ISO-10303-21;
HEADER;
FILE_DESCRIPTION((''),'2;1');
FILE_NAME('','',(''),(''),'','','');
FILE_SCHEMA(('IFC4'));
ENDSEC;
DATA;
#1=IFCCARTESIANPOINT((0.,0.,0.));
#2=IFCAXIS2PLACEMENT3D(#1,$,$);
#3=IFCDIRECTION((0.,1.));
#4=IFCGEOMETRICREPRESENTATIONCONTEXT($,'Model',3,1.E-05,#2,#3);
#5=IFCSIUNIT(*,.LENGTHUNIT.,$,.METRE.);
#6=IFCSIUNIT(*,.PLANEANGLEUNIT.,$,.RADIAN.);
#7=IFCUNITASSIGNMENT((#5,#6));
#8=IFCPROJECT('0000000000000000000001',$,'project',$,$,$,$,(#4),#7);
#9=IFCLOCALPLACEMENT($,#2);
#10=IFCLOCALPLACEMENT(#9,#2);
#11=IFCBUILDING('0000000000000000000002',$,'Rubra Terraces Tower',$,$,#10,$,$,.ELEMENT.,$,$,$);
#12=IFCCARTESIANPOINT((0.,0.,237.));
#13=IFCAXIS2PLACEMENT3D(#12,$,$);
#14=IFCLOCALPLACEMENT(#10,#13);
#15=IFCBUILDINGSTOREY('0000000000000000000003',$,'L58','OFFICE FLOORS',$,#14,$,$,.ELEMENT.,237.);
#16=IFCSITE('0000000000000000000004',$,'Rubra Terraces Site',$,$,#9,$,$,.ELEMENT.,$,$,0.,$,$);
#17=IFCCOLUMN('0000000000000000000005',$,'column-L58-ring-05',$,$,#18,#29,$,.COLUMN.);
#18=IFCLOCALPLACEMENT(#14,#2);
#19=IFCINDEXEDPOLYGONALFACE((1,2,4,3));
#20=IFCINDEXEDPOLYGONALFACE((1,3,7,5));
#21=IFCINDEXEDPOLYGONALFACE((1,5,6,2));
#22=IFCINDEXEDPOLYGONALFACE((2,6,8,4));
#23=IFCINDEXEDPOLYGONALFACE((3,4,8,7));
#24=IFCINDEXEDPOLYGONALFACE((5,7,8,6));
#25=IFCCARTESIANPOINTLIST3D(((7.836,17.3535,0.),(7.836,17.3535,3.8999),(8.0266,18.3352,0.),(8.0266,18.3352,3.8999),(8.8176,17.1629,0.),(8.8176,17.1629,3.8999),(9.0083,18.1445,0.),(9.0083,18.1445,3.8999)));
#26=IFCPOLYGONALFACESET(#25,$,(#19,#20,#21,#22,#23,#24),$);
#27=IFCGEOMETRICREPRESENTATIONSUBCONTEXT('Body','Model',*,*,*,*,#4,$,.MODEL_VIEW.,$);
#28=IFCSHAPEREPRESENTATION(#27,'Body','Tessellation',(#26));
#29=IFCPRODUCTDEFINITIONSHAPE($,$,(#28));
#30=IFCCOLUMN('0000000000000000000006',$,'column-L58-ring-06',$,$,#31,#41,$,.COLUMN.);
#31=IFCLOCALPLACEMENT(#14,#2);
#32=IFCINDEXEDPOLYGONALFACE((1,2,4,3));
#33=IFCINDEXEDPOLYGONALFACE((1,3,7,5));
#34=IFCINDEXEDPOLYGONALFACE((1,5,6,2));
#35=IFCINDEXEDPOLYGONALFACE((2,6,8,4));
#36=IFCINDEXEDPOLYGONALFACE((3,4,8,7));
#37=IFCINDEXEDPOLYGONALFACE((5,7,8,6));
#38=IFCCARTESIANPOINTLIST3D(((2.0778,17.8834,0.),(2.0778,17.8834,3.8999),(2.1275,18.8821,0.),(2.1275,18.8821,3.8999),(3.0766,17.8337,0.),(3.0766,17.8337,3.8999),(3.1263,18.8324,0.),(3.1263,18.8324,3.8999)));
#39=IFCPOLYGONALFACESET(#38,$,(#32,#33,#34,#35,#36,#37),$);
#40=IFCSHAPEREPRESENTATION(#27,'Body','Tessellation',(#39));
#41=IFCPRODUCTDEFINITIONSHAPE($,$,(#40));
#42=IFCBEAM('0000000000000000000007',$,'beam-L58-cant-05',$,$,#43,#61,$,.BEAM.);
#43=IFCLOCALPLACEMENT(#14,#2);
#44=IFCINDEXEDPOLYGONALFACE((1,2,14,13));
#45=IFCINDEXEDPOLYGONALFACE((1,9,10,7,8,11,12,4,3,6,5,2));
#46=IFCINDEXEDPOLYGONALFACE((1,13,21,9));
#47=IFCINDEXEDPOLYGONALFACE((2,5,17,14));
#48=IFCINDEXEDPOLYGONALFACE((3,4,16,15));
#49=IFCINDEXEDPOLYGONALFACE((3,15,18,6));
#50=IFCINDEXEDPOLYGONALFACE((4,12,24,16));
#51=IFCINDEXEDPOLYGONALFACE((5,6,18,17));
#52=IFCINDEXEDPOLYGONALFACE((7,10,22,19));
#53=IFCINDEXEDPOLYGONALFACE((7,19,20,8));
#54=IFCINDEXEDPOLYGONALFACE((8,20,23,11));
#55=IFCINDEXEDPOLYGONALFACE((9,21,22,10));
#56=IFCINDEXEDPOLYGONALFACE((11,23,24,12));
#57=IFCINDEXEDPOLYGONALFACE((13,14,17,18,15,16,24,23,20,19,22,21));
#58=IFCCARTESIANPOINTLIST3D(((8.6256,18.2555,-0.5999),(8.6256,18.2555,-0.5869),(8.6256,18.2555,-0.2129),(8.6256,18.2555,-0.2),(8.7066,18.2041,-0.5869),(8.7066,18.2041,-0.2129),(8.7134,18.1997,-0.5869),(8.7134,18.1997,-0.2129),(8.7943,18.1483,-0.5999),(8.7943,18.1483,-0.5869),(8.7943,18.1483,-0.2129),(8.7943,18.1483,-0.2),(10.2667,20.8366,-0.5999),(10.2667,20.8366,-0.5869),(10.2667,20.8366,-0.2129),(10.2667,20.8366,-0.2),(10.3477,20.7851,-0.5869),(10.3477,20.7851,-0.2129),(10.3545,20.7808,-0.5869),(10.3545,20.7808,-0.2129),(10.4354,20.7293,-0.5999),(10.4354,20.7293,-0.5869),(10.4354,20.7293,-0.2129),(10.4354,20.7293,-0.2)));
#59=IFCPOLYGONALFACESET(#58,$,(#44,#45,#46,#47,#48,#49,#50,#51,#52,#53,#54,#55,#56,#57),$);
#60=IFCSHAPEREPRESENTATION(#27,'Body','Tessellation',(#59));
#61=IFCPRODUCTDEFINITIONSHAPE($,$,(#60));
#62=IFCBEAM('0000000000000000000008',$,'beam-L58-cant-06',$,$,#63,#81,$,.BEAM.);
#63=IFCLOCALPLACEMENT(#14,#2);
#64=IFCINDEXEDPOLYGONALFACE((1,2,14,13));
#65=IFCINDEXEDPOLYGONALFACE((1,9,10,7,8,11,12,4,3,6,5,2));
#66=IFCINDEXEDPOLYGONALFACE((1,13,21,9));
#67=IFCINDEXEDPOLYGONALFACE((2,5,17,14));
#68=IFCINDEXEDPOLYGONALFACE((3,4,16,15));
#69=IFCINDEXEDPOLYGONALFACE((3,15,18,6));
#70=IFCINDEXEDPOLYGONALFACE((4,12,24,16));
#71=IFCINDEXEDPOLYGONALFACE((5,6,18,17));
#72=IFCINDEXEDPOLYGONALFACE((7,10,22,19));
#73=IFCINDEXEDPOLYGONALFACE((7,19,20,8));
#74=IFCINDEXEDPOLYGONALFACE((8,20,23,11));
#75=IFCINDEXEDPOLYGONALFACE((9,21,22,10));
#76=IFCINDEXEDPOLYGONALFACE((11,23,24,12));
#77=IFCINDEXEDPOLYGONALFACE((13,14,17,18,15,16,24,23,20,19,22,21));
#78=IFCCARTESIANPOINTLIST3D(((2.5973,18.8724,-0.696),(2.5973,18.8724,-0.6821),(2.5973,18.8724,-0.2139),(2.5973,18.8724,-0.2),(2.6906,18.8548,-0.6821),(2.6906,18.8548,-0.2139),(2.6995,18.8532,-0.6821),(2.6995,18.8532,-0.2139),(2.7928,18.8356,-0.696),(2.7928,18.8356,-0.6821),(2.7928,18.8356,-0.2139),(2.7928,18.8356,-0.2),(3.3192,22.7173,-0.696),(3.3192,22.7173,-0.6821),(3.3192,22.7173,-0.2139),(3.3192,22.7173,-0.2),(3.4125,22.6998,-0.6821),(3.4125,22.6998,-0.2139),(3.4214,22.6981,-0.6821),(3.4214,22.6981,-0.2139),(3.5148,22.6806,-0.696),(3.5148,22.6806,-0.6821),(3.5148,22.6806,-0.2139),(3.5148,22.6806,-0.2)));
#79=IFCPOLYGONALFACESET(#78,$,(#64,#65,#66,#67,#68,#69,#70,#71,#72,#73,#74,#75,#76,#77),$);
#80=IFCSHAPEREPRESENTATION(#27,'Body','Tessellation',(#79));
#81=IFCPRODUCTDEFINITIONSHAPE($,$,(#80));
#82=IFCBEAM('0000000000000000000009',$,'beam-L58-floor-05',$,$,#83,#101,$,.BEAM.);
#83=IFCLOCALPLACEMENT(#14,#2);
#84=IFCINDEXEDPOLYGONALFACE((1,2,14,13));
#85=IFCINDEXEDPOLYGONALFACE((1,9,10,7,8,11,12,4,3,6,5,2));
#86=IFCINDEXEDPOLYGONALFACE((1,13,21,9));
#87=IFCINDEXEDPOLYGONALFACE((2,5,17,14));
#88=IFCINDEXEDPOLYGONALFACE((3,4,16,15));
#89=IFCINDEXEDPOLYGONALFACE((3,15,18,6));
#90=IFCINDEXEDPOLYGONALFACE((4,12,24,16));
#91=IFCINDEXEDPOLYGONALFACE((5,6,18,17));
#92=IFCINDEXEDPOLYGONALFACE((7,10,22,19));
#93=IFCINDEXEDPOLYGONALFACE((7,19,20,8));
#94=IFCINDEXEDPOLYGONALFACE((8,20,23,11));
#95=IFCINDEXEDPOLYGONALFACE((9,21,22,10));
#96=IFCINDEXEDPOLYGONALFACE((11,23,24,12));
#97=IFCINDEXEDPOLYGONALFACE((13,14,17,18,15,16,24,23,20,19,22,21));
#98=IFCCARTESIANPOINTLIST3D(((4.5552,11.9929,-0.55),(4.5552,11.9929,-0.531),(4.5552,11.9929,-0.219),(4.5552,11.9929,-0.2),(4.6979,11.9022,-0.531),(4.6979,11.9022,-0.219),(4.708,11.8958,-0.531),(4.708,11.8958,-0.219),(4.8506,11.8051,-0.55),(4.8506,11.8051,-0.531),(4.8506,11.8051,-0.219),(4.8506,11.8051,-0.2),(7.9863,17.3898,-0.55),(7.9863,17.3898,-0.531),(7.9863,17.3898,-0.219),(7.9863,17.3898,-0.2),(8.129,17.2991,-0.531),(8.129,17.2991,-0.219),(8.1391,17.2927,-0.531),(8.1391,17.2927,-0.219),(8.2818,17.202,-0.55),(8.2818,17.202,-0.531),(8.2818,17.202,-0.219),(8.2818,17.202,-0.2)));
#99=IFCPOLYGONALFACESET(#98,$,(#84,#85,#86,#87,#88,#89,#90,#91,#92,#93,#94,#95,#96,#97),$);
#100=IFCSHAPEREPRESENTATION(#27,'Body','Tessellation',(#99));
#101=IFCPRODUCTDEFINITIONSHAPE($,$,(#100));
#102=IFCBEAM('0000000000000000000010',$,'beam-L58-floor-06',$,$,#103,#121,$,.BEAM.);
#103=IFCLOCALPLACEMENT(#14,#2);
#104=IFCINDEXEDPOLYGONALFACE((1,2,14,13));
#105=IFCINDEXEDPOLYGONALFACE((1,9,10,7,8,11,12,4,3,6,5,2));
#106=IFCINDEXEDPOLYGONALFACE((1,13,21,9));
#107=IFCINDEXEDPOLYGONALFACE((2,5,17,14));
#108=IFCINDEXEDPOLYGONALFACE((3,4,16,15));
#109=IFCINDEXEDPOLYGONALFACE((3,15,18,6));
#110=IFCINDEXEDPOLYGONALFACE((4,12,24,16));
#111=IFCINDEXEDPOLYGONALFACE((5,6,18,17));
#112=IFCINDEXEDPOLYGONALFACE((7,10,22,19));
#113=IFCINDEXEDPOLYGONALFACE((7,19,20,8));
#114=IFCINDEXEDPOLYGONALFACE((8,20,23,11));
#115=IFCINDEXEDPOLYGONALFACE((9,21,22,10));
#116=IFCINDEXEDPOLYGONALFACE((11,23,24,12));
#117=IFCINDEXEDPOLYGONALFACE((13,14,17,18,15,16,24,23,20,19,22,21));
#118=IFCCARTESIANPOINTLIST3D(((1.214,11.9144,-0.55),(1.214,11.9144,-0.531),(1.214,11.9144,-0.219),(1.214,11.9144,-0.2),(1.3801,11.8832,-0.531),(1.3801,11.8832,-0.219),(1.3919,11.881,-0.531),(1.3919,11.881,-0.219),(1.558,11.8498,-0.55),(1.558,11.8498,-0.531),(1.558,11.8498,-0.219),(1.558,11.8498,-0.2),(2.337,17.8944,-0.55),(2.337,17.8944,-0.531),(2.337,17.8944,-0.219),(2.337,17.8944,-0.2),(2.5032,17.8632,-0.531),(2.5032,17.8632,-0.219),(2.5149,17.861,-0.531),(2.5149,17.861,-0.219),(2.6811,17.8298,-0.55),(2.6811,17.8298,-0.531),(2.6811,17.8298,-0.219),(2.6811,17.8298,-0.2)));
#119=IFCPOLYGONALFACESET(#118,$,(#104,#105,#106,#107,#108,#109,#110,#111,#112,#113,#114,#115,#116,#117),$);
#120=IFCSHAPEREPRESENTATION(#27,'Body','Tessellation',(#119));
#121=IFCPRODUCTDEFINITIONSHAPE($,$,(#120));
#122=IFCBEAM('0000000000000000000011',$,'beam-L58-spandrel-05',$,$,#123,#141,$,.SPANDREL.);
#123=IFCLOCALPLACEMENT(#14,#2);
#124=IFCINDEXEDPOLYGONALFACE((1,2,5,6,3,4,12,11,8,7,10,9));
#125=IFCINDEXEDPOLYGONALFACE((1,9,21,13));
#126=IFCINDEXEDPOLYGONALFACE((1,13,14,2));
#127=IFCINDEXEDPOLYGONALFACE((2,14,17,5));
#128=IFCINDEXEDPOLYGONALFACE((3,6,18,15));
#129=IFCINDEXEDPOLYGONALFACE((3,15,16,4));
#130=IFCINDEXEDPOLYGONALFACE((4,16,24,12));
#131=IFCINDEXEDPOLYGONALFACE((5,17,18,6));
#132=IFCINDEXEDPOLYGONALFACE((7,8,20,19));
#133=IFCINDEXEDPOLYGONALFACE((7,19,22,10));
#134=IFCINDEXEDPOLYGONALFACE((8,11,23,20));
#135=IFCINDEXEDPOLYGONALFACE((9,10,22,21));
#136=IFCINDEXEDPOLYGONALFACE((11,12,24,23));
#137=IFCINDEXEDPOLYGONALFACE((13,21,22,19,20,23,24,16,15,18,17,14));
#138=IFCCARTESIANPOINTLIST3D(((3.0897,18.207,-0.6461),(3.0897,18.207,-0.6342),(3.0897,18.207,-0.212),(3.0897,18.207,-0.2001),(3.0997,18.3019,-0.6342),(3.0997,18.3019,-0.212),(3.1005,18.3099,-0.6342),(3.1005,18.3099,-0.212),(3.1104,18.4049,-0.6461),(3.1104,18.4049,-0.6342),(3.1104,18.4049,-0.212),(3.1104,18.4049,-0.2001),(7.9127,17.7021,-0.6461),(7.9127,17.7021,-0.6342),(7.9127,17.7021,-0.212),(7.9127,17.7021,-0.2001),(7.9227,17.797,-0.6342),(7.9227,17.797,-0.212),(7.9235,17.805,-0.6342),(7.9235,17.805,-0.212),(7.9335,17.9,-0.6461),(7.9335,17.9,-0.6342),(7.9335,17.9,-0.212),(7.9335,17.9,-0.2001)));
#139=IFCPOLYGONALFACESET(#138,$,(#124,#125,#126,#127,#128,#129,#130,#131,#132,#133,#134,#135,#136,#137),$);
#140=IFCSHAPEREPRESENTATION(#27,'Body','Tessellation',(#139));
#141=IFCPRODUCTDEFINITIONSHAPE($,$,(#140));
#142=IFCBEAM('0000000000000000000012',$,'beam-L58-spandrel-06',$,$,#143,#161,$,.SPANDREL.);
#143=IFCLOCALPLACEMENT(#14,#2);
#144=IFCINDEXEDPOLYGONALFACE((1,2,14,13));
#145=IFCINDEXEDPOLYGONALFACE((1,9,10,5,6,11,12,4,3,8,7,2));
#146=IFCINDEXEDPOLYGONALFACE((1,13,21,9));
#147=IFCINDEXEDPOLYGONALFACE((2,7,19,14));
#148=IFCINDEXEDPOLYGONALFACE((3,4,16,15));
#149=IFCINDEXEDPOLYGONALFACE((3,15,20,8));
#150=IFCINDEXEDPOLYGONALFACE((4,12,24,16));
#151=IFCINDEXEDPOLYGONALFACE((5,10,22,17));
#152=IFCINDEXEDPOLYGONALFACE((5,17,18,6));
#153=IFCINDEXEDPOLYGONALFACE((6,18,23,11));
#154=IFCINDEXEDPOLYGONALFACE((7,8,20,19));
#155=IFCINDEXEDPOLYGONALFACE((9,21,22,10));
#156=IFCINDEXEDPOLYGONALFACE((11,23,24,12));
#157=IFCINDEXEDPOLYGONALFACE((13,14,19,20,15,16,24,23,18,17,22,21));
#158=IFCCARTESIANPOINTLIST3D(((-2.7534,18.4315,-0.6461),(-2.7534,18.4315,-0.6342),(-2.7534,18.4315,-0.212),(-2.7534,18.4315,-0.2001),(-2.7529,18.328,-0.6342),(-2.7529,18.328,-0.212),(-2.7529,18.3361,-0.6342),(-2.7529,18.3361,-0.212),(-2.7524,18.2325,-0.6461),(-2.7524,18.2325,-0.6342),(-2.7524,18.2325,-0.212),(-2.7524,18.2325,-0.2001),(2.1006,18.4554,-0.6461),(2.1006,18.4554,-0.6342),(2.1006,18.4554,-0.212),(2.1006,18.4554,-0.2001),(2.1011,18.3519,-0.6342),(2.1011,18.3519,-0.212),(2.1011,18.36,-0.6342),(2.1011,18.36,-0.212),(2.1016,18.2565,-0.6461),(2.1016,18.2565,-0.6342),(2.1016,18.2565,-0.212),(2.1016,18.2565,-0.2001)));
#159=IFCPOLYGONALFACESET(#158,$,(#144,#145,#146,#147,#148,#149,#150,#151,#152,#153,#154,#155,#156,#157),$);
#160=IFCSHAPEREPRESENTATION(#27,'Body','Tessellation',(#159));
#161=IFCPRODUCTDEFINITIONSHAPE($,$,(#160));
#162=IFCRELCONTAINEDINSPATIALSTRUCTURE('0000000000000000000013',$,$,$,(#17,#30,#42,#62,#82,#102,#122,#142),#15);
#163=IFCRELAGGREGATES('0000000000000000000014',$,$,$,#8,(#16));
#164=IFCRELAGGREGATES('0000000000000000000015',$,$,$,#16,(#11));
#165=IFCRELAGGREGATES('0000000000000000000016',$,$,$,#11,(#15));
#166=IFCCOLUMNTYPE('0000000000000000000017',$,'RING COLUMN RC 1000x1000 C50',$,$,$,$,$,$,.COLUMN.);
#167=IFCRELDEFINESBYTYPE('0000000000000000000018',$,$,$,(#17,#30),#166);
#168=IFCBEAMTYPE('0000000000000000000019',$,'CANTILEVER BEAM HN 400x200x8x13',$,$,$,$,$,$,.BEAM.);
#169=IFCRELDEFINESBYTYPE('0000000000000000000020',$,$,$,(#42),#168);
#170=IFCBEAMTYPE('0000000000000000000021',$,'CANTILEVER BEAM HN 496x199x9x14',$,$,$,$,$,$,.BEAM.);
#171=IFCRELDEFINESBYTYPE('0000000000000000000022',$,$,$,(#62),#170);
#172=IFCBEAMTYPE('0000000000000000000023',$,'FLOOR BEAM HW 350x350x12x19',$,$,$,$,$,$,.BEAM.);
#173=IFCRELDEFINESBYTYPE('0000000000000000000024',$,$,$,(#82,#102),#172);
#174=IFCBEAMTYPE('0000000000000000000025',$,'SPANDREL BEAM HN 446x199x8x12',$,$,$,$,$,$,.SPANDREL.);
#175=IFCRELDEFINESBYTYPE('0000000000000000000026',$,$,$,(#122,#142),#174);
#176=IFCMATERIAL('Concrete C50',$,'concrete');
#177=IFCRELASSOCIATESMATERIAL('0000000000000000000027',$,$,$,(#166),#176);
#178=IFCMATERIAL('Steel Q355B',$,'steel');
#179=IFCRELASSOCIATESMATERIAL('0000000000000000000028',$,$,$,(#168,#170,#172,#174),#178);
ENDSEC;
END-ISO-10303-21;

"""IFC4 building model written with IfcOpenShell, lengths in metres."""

from ifc_helpers import new_model, si_unit, direction, frame, origin, origin_2d, place, context, subcontext, project, spatial, rectangle, i_section, extrude, material, material_profile, profile_set, type_object, element, save


model = new_model("IFC4")

# Units and contexts
model_context = context("Model", 3, precision=1e-05, world=origin(), true_north=direction((0.0, 1.0)))
body_context = subcontext(model_context, "Body", "Model", "MODEL_VIEW")
ifc_project = project(units=[si_unit("LENGTHUNIT", "METRE"), si_unit("PLANEANGLEUNIT", "RADIAN")], contexts=[model_context])

# Site, building, storey
site_placement = place(None, origin())
site = spatial("IfcSite", under=ifc_project, at=site_placement, Name="Rubra Terraces Site", CompositionType="ELEMENT", RefElevation=0.0)
building_placement = place(site_placement, origin())
building = spatial("IfcBuilding", under=site, at=building_placement, Name="Rubra Terraces Tower", CompositionType="ELEMENT")
storey_placement = place(building_placement, frame((0.0, 0.0, 237.0)))
storey = spatial("IfcBuildingStorey", under=building, at=storey_placement, Name="L58", Description="OFFICE FLOORS", CompositionType="ELEMENT", Elevation=237.0)

# Columns
ifc_material_1 = material(Name="Concrete C50", Category="concrete")
ifc_material_profile_1 = material_profile(ifc_material_1, rectangle(XDim=1.0, YDim=1.0, at=origin_2d()), Name="RC 1000x1000")
ifc_profile_set_1 = profile_set([ifc_material_profile_1], Name="Concrete C50")
column_type = type_object("IfcColumnType", Name="RING COLUMN RC 1000x1000 C50", PredefinedType="COLUMN", material=ifc_profile_set_1)
for number, where, z_axis, x_axis, name in (
    (1, (8.4221, 17.749, 0.0), (0.0, 0.0, 1.0), (-0.981655, 0.190668, 0.0), "column-L58-ring-05"),
    (2, (2.6021, 18.3579, 0.0), (0.0, 0.0, 1.0), (-0.998764, 0.049699, 0.0), "column-L58-ring-06"),
):
    element("IfcColumn", number, at=place(storey_placement, frame(where, z_axis=z_axis, x_axis=x_axis)), inside=storey, type_object=column_type, Name=name, PredefinedType="COLUMN", context=body_context, shape_type="SweptSolid", body=[
        extrude(rectangle(XDim=1.0, YDim=1.0, at=origin_2d()), origin(), (0.0, 0.0, 1.0), 3.8999),
    ])

# Beams
ifc_material_2 = material(Name="Steel Q355B", Category="steel")
ifc_material_profile_2 = material_profile(ifc_material_2, i_section(OverallWidth=0.2, OverallDepth=0.3999, WebThickness=0.0081, FlangeThickness=0.0129, at=origin_2d()), Name="HN 400x200x8x13")
ifc_profile_set_2 = profile_set([ifc_material_profile_2], Name="Steel Q355B")
beam_type_1 = type_object("IfcBeamType", Name="CANTILEVER BEAM HN 400x200x8x13", PredefinedType="BEAM", material=ifc_profile_set_2)
beam_1_placement = place(storey_placement, frame((8.71, 18.2019, -0.3999), z_axis=(0.536555, 0.843865, 0.0), x_axis=(-0.843865, 0.536555, 0.0)))
element("IfcBeam", 3, at=beam_1_placement, inside=storey, type_object=beam_type_1, Name="beam-L58-cant-05", PredefinedType="BEAM", context=body_context, shape_type="SweptSolid", body=[
    extrude(i_section(OverallWidth=0.2, OverallDepth=0.3999, WebThickness=0.0081, FlangeThickness=0.0129, at=origin_2d()), origin(), (0.0, 0.0, 1.0), 3.0586),
])
ifc_material_profile_3 = material_profile(ifc_material_2, i_section(OverallWidth=0.199, OverallDepth=0.4961, WebThickness=0.009, FlangeThickness=0.0139, at=origin_2d()), Name="HN 496x199x9x14")
ifc_profile_set_3 = profile_set([ifc_material_profile_3], Name="Steel Q355B")
beam_type_2 = type_object("IfcBeamType", Name="CANTILEVER BEAM HN 496x199x9x14", PredefinedType="BEAM", material=ifc_profile_set_3)
beam_2_placement = place(storey_placement, frame((2.6951, 18.854, -0.448), z_axis=(0.184533, 0.982826, 0.0), x_axis=(-0.982826, 0.184533, 0.0)))
element("IfcBeam", 4, at=beam_2_placement, inside=storey, type_object=beam_type_2, Name="beam-L58-cant-06", PredefinedType="BEAM", context=body_context, shape_type="SweptSolid", body=[
    extrude(i_section(OverallWidth=0.199, OverallDepth=0.4961, WebThickness=0.009, FlangeThickness=0.0139, at=origin_2d()), origin(), (0.0, 0.0, 1.0), 3.9121),
])
ifc_material_profile_4 = material_profile(ifc_material_2, i_section(OverallWidth=0.3501, OverallDepth=0.3501, WebThickness=0.012, FlangeThickness=0.019, at=origin_2d()), Name="HW 350x350x12x19")
ifc_profile_set_4 = profile_set([ifc_material_profile_4], Name="Steel Q355B")
beam_type_3 = type_object("IfcBeamType", Name="FLOOR BEAM HW 350x350x12x19", PredefinedType="BEAM", material=ifc_profile_set_4)
beam_3_placement = place(storey_placement, frame((8.134, 17.2959, -0.375), z_axis=(-0.53651, -0.843894, 0.0), x_axis=(0.843894, -0.53651, 0.0)))
element("IfcBeam", 5, at=beam_3_placement, inside=storey, type_object=beam_type_3, Name="beam-L58-floor-05", PredefinedType="BEAM", context=body_context, shape_type="SweptSolid", body=[
    extrude(i_section(OverallWidth=0.3501, OverallDepth=0.3501, WebThickness=0.012, FlangeThickness=0.019, at=origin_2d()), origin(), (0.0, 0.0, 1.0), 6.3953),
])
beam_4_placement = place(storey_placement, frame((2.509, 17.8621, -0.375), z_axis=(-0.184574, -0.982819, 0.0), x_axis=(0.982819, -0.184574, 0.0)))
element("IfcBeam", 6, at=beam_4_placement, inside=storey, type_object=beam_type_3, Name="beam-L58-floor-06", PredefinedType="BEAM", context=body_context, shape_type="SweptSolid", body=[
    extrude(i_section(OverallWidth=0.3501, OverallDepth=0.3501, WebThickness=0.012, FlangeThickness=0.019, at=origin_2d()), origin(), (0.0, 0.0, 1.0), 6.0845),
])
ifc_material_profile_5 = material_profile(ifc_material_2, i_section(OverallWidth=0.199, OverallDepth=0.446, WebThickness=0.0081, FlangeThickness=0.012, at=origin_2d()), Name="HN 446x199x8x12")
ifc_profile_set_5 = profile_set([ifc_material_profile_5], Name="Steel Q355B")
beam_type_4 = type_object("IfcBeamType", Name="SPANDREL BEAM HN 446x199x8x12", PredefinedType="SPANDREL", material=ifc_profile_set_5)
beam_5_placement = place(storey_placement, frame((7.9231, 17.801, -0.4231), z_axis=(-0.994565, 0.104113, 0.0), x_axis=(-0.104113, -0.994565, 0.0)))
element("IfcBeam", 7, at=beam_5_placement, inside=storey, type_object=beam_type_4, Name="beam-L58-spandrel-05", PredefinedType="SPANDREL", context=body_context, shape_type="SweptSolid", body=[
    extrude(i_section(OverallWidth=0.199, OverallDepth=0.446, WebThickness=0.0081, FlangeThickness=0.012, at=origin_2d()), origin(), (0.0, 0.0, 1.0), 4.8494),
])
beam_6_placement = place(storey_placement, frame((2.1011, 18.356, -0.4231), z_axis=(-0.999988, -0.004929, 0.0), x_axis=(0.004929, -0.999988, 0.0)))
element("IfcBeam", 8, at=beam_6_placement, inside=storey, type_object=beam_type_4, Name="beam-L58-spandrel-06", PredefinedType="SPANDREL", context=body_context, shape_type="SweptSolid", body=[
    extrude(i_section(OverallWidth=0.199, OverallDepth=0.446, WebThickness=0.0081, FlangeThickness=0.012, at=origin_2d()), origin(), (0.0, 0.0, 1.0), 4.854),
])

save(model, "model.ifc")
